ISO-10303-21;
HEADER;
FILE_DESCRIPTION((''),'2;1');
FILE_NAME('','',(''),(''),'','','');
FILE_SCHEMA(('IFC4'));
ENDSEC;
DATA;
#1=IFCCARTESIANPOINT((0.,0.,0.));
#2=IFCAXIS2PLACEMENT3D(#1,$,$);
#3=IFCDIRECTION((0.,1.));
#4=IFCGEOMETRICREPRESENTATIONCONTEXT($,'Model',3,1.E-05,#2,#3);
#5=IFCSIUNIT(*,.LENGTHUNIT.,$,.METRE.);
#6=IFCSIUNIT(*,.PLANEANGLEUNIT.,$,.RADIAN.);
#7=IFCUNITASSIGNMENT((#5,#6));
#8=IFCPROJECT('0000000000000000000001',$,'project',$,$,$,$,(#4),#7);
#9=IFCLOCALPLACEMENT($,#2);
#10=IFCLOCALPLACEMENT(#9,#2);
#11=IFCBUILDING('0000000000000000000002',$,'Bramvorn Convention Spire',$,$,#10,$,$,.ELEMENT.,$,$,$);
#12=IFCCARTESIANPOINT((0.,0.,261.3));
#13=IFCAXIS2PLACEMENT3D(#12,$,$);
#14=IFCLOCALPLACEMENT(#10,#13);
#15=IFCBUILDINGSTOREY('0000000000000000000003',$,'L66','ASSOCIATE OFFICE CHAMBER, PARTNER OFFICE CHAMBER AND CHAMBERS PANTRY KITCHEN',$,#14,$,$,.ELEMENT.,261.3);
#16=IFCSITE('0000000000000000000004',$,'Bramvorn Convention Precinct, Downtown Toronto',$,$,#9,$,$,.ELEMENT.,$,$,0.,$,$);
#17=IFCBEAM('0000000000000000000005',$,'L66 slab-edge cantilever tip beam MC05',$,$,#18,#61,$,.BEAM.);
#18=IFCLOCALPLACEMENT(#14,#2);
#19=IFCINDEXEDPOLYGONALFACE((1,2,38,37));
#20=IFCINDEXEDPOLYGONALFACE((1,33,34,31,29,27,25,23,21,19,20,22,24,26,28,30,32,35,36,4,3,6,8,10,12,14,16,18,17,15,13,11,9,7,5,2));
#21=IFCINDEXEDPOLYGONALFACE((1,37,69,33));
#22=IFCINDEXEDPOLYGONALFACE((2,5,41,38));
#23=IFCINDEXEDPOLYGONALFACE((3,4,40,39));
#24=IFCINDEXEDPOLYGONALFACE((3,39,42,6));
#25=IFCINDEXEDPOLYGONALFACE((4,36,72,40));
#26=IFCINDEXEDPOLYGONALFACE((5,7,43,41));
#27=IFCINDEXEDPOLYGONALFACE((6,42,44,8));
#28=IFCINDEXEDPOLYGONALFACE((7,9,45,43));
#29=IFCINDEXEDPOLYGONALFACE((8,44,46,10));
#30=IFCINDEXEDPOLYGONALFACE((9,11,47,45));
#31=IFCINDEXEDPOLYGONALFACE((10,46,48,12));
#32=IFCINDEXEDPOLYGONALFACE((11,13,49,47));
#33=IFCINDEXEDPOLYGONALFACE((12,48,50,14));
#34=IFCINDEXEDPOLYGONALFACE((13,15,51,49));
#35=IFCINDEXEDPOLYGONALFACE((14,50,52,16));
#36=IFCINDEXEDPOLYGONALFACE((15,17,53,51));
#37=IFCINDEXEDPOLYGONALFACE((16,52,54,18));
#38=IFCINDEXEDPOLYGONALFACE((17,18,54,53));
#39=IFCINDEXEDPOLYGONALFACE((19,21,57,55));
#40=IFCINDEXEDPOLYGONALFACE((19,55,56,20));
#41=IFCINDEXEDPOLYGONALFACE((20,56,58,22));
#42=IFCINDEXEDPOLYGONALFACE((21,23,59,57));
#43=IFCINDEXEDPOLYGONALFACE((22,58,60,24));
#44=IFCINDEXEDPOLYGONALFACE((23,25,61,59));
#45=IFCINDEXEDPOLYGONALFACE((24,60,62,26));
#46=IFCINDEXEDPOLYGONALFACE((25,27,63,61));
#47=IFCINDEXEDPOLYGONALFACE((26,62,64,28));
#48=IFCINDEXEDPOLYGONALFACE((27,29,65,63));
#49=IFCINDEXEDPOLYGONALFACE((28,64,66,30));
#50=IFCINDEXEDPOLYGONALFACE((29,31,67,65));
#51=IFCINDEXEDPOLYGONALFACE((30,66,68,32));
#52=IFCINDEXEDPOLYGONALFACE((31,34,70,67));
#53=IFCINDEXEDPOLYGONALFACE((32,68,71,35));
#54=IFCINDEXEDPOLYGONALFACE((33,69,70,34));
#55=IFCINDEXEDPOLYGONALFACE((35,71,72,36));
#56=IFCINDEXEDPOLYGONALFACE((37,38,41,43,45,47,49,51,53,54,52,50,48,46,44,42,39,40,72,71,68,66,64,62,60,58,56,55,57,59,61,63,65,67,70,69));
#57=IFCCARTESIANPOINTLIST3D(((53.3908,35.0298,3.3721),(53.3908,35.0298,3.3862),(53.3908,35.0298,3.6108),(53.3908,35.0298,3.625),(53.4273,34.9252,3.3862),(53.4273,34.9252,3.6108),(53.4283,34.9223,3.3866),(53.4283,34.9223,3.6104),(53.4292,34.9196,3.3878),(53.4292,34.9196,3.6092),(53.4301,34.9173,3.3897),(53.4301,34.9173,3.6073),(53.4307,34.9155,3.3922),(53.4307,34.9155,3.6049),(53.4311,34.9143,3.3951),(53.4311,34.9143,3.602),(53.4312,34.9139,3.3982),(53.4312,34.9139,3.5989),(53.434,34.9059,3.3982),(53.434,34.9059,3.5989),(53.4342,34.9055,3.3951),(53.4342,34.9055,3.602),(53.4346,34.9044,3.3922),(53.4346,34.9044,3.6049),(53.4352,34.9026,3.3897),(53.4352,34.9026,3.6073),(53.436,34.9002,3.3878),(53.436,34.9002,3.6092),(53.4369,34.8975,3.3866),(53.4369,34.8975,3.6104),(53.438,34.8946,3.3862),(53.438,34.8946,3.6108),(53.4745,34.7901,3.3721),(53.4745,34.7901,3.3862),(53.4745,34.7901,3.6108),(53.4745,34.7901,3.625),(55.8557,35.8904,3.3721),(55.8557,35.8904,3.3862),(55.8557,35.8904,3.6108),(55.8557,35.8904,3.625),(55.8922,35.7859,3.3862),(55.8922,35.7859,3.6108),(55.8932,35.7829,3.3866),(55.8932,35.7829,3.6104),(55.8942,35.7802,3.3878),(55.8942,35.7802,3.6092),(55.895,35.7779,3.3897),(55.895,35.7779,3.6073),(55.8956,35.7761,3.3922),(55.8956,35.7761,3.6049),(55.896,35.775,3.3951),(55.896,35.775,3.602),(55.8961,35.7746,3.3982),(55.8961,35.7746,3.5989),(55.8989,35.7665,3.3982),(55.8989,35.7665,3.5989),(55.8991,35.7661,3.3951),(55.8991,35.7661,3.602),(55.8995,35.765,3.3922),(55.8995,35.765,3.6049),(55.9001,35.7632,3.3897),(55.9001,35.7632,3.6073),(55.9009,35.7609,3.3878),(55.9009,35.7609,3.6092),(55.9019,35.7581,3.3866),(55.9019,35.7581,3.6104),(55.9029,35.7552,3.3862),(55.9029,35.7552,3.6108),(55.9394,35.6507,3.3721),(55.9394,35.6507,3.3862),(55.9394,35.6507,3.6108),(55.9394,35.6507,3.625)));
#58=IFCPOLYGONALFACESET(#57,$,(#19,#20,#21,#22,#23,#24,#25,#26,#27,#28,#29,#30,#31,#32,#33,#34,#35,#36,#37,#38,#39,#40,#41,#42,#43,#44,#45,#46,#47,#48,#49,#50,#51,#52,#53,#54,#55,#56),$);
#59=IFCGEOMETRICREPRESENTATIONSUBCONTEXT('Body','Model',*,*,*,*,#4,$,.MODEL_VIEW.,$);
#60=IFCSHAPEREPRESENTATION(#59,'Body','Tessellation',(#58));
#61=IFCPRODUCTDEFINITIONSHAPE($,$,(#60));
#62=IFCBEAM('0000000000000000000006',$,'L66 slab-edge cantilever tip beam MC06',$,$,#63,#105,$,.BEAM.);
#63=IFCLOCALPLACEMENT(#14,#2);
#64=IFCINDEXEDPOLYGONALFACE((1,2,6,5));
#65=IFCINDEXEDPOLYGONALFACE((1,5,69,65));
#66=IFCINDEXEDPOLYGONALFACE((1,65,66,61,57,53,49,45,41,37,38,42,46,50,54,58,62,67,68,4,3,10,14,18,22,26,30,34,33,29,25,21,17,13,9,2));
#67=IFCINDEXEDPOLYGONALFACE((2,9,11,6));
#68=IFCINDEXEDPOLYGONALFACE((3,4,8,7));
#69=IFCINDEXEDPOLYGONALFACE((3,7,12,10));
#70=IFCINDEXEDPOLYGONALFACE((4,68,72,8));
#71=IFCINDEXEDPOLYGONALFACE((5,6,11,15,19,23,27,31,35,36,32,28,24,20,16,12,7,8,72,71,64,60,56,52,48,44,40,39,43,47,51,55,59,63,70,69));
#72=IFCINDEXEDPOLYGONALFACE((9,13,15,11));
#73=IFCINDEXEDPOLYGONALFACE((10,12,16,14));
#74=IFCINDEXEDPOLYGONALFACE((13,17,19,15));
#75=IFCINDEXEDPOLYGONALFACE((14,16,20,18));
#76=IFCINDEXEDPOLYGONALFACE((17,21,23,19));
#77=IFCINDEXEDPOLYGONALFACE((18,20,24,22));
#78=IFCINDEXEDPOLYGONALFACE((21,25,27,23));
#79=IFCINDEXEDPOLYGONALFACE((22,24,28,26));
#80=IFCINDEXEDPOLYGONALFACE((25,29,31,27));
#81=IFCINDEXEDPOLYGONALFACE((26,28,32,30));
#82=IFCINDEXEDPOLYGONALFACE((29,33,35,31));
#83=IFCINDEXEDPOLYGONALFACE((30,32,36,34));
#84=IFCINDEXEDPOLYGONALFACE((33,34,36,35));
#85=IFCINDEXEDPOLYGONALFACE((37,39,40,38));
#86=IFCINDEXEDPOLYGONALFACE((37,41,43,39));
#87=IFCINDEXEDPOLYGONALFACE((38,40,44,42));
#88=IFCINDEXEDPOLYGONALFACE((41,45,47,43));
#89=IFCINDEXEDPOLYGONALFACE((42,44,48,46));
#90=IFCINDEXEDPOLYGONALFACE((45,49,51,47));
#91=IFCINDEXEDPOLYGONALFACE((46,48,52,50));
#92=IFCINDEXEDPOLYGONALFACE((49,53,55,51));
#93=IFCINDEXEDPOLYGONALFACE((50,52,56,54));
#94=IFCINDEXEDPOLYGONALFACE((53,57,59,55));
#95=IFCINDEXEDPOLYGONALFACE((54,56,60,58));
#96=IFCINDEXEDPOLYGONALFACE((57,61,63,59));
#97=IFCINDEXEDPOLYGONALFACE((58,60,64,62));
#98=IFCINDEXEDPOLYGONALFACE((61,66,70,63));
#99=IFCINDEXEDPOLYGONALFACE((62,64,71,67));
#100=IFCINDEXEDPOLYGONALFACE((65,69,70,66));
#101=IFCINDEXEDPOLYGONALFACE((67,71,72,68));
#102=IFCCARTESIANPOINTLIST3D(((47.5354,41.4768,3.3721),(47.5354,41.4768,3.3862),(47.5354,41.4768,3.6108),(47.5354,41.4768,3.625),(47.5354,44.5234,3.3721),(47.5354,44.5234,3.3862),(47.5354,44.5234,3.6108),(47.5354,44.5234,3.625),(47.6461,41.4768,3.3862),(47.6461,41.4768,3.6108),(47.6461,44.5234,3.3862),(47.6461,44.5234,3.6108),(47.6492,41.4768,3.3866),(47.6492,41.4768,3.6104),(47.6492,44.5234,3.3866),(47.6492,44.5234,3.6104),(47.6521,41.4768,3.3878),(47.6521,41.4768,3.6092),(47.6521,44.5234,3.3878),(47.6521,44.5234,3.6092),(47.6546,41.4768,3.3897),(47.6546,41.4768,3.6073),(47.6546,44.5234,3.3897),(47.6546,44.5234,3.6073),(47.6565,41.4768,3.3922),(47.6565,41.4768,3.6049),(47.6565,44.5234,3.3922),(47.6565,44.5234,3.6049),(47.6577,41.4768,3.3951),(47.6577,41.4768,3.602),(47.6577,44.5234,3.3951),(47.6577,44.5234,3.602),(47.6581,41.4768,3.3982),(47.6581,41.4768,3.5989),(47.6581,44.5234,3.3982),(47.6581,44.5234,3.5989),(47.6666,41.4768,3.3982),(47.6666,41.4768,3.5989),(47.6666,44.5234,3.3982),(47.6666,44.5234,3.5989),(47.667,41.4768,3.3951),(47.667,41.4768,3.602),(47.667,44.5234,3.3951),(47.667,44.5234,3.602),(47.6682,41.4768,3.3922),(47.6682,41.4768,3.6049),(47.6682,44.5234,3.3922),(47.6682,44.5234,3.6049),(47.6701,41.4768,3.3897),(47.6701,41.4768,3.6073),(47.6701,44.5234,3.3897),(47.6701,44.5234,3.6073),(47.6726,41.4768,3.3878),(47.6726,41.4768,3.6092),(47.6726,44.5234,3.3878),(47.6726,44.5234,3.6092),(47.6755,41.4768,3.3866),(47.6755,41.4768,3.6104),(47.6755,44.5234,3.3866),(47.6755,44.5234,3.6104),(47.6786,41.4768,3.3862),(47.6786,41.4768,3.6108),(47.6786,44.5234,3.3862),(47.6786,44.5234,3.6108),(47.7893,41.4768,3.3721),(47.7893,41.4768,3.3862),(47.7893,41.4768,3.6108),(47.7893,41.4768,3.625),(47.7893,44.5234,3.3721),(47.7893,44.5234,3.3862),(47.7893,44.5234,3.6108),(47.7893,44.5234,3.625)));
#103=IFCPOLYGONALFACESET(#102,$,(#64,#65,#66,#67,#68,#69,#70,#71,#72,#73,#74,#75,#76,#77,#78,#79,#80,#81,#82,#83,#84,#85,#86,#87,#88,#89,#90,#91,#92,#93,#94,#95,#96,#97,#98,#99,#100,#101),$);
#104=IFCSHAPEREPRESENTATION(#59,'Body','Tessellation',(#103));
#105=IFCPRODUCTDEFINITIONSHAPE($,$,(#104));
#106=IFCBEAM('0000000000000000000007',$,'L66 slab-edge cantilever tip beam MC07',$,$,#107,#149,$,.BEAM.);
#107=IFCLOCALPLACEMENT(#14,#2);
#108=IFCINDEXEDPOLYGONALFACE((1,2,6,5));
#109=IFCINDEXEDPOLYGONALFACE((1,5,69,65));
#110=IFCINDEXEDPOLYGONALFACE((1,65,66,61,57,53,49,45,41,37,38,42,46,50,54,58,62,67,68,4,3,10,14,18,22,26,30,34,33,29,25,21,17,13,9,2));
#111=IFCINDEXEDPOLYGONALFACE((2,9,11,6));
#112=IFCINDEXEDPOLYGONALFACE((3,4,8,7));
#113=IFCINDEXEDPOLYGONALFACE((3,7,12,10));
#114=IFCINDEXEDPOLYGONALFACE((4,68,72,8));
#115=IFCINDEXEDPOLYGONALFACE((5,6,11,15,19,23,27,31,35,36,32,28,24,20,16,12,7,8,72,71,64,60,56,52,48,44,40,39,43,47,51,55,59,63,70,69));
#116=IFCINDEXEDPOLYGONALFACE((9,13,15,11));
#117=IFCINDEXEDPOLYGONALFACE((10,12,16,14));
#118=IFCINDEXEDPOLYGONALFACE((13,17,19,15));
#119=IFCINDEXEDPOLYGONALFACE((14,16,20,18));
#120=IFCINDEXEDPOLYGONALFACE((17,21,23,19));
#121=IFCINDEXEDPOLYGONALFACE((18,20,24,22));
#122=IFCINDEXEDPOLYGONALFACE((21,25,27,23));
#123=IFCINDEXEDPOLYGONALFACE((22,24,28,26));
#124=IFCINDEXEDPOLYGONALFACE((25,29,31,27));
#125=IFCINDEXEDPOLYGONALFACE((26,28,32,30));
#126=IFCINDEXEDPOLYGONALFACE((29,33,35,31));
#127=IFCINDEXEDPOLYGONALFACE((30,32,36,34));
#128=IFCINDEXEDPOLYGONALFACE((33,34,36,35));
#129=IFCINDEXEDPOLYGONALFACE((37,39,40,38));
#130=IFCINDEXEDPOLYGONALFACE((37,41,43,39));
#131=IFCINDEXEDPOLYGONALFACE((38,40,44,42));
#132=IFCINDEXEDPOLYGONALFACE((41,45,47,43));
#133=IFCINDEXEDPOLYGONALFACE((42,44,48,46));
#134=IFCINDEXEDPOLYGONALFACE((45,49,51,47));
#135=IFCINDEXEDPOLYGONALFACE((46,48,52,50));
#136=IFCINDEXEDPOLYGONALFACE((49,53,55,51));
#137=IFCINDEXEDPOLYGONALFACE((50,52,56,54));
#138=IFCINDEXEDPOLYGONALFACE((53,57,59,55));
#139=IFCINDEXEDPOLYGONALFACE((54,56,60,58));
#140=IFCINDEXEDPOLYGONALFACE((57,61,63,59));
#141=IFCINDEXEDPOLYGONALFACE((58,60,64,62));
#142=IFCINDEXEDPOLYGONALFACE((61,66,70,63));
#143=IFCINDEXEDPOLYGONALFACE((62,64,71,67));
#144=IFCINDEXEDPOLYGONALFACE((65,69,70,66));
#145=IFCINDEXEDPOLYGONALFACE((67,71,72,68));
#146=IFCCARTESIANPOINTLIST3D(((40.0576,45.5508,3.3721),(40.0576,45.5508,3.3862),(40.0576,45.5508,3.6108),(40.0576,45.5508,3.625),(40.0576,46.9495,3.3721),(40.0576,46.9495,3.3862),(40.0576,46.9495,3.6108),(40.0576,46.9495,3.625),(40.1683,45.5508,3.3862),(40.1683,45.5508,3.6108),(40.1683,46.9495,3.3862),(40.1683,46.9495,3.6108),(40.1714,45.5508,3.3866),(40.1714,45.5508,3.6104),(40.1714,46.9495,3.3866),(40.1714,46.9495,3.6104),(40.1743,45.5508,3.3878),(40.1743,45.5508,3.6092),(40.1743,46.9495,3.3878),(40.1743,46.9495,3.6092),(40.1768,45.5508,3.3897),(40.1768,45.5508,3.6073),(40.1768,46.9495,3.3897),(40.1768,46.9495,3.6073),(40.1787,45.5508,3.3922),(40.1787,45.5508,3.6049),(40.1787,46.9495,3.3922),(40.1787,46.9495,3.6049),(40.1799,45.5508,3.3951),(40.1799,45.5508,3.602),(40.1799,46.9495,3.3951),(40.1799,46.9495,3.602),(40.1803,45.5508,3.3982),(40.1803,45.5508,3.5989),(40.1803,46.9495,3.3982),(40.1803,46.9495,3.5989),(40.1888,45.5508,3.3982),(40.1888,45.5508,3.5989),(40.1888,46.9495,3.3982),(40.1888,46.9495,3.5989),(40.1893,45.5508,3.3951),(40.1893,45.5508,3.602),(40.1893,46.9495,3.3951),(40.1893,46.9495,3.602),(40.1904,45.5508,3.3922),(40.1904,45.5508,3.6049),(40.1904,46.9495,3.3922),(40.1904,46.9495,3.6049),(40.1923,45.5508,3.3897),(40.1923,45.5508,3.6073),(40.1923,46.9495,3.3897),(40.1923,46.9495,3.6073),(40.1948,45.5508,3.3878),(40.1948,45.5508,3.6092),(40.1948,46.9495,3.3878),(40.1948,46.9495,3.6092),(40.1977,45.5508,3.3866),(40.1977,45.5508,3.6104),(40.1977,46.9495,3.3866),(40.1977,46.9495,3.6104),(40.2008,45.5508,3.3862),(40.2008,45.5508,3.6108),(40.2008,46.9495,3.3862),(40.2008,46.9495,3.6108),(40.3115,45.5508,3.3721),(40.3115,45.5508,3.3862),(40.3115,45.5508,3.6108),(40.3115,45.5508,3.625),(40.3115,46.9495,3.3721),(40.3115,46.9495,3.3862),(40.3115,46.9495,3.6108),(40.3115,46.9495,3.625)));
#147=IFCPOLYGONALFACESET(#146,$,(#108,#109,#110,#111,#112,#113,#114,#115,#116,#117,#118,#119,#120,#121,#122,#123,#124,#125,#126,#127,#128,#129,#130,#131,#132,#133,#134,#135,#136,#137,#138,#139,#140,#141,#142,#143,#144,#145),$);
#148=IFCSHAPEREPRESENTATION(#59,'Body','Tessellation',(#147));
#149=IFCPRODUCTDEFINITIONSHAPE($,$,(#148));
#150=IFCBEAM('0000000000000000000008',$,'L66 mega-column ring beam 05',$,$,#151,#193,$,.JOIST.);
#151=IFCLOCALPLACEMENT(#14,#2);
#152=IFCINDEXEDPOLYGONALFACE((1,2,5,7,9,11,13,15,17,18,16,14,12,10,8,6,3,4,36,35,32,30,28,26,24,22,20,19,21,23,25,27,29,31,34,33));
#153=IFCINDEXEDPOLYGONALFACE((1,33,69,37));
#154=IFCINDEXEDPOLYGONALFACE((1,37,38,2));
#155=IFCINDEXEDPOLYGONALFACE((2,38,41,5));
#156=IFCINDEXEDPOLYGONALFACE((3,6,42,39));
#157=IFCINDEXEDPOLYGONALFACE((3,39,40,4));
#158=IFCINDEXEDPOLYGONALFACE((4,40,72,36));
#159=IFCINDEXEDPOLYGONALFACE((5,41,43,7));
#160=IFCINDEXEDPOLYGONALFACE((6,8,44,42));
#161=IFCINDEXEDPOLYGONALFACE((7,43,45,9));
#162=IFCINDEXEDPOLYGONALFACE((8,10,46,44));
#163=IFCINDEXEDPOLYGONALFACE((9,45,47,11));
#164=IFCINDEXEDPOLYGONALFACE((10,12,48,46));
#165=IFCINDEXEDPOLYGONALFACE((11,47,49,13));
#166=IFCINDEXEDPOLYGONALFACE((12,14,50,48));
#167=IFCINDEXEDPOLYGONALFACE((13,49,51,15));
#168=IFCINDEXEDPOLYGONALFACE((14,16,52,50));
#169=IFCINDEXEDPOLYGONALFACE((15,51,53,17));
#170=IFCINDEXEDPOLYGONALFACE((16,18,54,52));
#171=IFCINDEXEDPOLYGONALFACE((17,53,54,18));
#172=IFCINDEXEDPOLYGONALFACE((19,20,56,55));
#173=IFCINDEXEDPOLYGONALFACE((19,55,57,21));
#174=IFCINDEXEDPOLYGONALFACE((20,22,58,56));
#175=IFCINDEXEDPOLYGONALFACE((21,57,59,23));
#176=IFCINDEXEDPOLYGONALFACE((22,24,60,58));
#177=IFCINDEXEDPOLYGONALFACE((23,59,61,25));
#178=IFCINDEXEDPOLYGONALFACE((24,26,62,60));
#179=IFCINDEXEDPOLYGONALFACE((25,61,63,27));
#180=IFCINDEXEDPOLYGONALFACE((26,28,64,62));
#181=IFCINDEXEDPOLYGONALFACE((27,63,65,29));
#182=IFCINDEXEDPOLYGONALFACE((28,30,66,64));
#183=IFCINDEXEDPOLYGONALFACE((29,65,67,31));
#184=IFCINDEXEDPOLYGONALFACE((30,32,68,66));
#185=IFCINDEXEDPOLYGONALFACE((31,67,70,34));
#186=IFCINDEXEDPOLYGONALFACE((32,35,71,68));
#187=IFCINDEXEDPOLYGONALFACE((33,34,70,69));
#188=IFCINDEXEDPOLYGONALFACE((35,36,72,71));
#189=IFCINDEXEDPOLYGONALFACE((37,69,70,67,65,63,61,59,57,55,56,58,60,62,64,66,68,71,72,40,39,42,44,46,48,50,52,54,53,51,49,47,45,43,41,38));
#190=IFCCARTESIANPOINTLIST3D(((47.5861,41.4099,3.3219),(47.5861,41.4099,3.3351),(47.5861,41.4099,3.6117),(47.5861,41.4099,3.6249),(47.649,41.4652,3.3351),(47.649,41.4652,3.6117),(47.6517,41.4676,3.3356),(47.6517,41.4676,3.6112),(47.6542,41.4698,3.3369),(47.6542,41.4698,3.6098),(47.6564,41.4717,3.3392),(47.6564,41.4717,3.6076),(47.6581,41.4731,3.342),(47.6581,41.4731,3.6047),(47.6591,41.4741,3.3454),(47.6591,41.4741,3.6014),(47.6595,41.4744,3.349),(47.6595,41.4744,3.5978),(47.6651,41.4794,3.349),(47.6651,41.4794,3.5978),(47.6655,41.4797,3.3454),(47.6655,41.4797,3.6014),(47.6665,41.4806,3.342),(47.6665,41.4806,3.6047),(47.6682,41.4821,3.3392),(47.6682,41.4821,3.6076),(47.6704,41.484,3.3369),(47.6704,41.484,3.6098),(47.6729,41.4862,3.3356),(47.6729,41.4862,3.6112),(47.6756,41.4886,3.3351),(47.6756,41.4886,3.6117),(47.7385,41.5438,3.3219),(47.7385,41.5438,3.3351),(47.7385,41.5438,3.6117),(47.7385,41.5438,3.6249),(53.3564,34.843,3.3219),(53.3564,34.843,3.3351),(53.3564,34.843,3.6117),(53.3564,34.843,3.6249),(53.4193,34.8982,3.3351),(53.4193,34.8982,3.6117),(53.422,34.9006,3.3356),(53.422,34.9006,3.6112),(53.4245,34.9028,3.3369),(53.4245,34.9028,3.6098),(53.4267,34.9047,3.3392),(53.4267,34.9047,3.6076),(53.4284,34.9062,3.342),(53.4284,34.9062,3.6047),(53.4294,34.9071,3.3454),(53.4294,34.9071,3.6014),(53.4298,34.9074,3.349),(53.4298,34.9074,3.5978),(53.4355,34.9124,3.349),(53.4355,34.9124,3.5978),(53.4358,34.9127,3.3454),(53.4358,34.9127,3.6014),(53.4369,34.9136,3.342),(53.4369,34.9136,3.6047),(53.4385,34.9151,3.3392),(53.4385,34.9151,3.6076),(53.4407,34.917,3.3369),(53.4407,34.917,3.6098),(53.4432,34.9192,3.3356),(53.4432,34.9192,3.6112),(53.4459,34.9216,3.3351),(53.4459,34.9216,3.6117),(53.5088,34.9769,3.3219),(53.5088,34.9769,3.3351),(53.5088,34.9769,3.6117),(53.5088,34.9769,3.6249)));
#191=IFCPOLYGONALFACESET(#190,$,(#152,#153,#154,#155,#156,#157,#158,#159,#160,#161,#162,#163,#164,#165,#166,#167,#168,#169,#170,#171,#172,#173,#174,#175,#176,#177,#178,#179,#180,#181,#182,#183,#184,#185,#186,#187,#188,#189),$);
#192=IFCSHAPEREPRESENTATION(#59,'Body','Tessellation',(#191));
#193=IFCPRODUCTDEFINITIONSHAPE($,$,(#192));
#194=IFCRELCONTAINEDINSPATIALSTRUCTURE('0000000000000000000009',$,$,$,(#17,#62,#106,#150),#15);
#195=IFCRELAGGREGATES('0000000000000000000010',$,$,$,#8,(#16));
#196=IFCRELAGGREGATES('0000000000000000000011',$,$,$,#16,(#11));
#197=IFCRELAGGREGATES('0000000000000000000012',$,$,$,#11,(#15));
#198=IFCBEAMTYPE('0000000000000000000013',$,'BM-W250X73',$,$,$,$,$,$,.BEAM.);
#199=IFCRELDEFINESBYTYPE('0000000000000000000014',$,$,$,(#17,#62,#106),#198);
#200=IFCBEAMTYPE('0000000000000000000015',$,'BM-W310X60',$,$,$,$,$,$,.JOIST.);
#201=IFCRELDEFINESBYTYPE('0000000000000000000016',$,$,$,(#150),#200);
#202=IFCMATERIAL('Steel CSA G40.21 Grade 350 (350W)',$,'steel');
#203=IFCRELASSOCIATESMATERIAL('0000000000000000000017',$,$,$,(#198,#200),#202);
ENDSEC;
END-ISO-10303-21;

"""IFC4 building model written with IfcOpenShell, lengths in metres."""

from ifc_helpers import new_model, si_unit, direction, frame, origin, origin_2d, place, context, subcontext, project, spatial, i_section, extrude, material, material_profile, profile_set, type_object, element, save


model = new_model("IFC4")

# Units and contexts
model_context = context("Model", 3, precision=1e-05, world=origin(), true_north=direction((0.0, 1.0)))
body_context = subcontext(model_context, "Body", "Model", "MODEL_VIEW")
ifc_project = project(units=[si_unit("LENGTHUNIT", "METRE"), si_unit("PLANEANGLEUNIT", "RADIAN")], contexts=[model_context])

# Site, building, storey
site_placement = place(None, origin())
site = spatial("IfcSite", under=ifc_project, at=site_placement, Name="Bramvorn Convention Precinct, Downtown Toronto", CompositionType="ELEMENT", RefElevation=0.0)
building_placement = place(site_placement, origin())
building = spatial("IfcBuilding", under=site, at=building_placement, Name="Bramvorn Convention Spire", CompositionType="ELEMENT")
storey_placement = place(building_placement, frame((0.0, 0.0, 261.3)))
storey = spatial("IfcBuildingStorey", under=building, at=storey_placement, Name="L66", Description="ASSOCIATE OFFICE CHAMBER, PARTNER OFFICE CHAMBER AND CHAMBERS PANTRY KITCHEN", CompositionType="ELEMENT", Elevation=261.3)

# Shared definitions
ifc_material_1 = material(Name="Steel CSA G40.21 Grade 350 (350W)", Category="steel")

# Beams
ifc_material_profile_1 = material_profile(ifc_material_1, i_section(OverallWidth=0.2539, OverallDepth=0.2529, WebThickness=0.0085, FlangeThickness=0.0142, FilletRadius=0.012, at=origin_2d()))
ifc_profile_set_1 = profile_set([ifc_material_profile_1], Name="Steel CSA G40.21 Grade 350 (350W) - W250X73")
beam_type_1 = type_object("IfcBeamType", Name="BM-W250X73", PredefinedType="BEAM", material=ifc_profile_set_1)
beam_1_placement = place(storey_placement, frame((53.4326, 34.9099, 3.4985), z_axis=(0.944109, 0.329634, 0.0), x_axis=(-0.329634, 0.944109, 0.0)))
element("IfcBeam", 1, at=beam_1_placement, inside=storey, type_object=beam_type_1, Name="L66 slab-edge cantilever tip beam MC05", PredefinedType="BEAM", context=body_context, shape_type="SweptSolid", body=[
    extrude(i_section(OverallWidth=0.2539, OverallDepth=0.2529, WebThickness=0.0085, FlangeThickness=0.0142, FilletRadius=0.012, at=origin_2d()), origin(), (0.0, 0.0, 1.0), 2.6108),
])
beam_2_placement = place(storey_placement, frame((47.6624, 41.4768, 3.4985), z_axis=(0.0, 1.0, 0.0), x_axis=(-1.0, 0.0, 0.0)))
element("IfcBeam", 2, at=beam_2_placement, inside=storey, type_object=beam_type_1, Name="L66 slab-edge cantilever tip beam MC06", PredefinedType="BEAM", context=body_context, shape_type="SweptSolid", body=[
    extrude(i_section(OverallWidth=0.2539, OverallDepth=0.2529, WebThickness=0.0085, FlangeThickness=0.0142, FilletRadius=0.012, at=origin_2d()), origin(), (0.0, 0.0, 1.0), 3.0466),
])
beam_3_placement = place(storey_placement, frame((40.1846, 45.5508, 3.4985), z_axis=(0.0, 1.0, 0.0), x_axis=(-1.0, 0.0, 0.0)))
element("IfcBeam", 3, at=beam_3_placement, inside=storey, type_object=beam_type_1, Name="L66 slab-edge cantilever tip beam MC07", PredefinedType="BEAM", context=body_context, shape_type="SweptSolid", body=[
    extrude(i_section(OverallWidth=0.2539, OverallDepth=0.2529, WebThickness=0.0085, FlangeThickness=0.0142, FilletRadius=0.012, at=origin_2d()), origin(), (0.0, 0.0, 1.0), 1.3987),
])
ifc_material_profile_2 = material_profile(ifc_material_1, i_section(OverallWidth=0.2029, OverallDepth=0.303, WebThickness=0.0076, FlangeThickness=0.0132, FilletRadius=0.0139, at=origin_2d()))
ifc_profile_set_2 = profile_set([ifc_material_profile_2], Name="Steel CSA G40.21 Grade 350 (350W) - W310X60")
beam_type_2 = type_object("IfcBeamType", Name="BM-W310X60", PredefinedType="JOIST", material=ifc_profile_set_2)
beam_4_placement = place(storey_placement, frame((53.4326, 34.9099, 3.4734), z_axis=(-0.660073, 0.751201, 0.0), x_axis=(-0.751201, -0.660073, 0.0)))
element("IfcBeam", 4, at=beam_4_placement, inside=storey, type_object=beam_type_2, Name="L66 mega-column ring beam 05", PredefinedType="JOIST", context=body_context, shape_type="SweptSolid", body=[
    extrude(i_section(OverallWidth=0.2029, OverallDepth=0.303, WebThickness=0.0076, FlangeThickness=0.0132, FilletRadius=0.0139, at=origin_2d()), origin(), (0.0, 0.0, 1.0), 8.7419),
])

save(model, "model.ifc")
